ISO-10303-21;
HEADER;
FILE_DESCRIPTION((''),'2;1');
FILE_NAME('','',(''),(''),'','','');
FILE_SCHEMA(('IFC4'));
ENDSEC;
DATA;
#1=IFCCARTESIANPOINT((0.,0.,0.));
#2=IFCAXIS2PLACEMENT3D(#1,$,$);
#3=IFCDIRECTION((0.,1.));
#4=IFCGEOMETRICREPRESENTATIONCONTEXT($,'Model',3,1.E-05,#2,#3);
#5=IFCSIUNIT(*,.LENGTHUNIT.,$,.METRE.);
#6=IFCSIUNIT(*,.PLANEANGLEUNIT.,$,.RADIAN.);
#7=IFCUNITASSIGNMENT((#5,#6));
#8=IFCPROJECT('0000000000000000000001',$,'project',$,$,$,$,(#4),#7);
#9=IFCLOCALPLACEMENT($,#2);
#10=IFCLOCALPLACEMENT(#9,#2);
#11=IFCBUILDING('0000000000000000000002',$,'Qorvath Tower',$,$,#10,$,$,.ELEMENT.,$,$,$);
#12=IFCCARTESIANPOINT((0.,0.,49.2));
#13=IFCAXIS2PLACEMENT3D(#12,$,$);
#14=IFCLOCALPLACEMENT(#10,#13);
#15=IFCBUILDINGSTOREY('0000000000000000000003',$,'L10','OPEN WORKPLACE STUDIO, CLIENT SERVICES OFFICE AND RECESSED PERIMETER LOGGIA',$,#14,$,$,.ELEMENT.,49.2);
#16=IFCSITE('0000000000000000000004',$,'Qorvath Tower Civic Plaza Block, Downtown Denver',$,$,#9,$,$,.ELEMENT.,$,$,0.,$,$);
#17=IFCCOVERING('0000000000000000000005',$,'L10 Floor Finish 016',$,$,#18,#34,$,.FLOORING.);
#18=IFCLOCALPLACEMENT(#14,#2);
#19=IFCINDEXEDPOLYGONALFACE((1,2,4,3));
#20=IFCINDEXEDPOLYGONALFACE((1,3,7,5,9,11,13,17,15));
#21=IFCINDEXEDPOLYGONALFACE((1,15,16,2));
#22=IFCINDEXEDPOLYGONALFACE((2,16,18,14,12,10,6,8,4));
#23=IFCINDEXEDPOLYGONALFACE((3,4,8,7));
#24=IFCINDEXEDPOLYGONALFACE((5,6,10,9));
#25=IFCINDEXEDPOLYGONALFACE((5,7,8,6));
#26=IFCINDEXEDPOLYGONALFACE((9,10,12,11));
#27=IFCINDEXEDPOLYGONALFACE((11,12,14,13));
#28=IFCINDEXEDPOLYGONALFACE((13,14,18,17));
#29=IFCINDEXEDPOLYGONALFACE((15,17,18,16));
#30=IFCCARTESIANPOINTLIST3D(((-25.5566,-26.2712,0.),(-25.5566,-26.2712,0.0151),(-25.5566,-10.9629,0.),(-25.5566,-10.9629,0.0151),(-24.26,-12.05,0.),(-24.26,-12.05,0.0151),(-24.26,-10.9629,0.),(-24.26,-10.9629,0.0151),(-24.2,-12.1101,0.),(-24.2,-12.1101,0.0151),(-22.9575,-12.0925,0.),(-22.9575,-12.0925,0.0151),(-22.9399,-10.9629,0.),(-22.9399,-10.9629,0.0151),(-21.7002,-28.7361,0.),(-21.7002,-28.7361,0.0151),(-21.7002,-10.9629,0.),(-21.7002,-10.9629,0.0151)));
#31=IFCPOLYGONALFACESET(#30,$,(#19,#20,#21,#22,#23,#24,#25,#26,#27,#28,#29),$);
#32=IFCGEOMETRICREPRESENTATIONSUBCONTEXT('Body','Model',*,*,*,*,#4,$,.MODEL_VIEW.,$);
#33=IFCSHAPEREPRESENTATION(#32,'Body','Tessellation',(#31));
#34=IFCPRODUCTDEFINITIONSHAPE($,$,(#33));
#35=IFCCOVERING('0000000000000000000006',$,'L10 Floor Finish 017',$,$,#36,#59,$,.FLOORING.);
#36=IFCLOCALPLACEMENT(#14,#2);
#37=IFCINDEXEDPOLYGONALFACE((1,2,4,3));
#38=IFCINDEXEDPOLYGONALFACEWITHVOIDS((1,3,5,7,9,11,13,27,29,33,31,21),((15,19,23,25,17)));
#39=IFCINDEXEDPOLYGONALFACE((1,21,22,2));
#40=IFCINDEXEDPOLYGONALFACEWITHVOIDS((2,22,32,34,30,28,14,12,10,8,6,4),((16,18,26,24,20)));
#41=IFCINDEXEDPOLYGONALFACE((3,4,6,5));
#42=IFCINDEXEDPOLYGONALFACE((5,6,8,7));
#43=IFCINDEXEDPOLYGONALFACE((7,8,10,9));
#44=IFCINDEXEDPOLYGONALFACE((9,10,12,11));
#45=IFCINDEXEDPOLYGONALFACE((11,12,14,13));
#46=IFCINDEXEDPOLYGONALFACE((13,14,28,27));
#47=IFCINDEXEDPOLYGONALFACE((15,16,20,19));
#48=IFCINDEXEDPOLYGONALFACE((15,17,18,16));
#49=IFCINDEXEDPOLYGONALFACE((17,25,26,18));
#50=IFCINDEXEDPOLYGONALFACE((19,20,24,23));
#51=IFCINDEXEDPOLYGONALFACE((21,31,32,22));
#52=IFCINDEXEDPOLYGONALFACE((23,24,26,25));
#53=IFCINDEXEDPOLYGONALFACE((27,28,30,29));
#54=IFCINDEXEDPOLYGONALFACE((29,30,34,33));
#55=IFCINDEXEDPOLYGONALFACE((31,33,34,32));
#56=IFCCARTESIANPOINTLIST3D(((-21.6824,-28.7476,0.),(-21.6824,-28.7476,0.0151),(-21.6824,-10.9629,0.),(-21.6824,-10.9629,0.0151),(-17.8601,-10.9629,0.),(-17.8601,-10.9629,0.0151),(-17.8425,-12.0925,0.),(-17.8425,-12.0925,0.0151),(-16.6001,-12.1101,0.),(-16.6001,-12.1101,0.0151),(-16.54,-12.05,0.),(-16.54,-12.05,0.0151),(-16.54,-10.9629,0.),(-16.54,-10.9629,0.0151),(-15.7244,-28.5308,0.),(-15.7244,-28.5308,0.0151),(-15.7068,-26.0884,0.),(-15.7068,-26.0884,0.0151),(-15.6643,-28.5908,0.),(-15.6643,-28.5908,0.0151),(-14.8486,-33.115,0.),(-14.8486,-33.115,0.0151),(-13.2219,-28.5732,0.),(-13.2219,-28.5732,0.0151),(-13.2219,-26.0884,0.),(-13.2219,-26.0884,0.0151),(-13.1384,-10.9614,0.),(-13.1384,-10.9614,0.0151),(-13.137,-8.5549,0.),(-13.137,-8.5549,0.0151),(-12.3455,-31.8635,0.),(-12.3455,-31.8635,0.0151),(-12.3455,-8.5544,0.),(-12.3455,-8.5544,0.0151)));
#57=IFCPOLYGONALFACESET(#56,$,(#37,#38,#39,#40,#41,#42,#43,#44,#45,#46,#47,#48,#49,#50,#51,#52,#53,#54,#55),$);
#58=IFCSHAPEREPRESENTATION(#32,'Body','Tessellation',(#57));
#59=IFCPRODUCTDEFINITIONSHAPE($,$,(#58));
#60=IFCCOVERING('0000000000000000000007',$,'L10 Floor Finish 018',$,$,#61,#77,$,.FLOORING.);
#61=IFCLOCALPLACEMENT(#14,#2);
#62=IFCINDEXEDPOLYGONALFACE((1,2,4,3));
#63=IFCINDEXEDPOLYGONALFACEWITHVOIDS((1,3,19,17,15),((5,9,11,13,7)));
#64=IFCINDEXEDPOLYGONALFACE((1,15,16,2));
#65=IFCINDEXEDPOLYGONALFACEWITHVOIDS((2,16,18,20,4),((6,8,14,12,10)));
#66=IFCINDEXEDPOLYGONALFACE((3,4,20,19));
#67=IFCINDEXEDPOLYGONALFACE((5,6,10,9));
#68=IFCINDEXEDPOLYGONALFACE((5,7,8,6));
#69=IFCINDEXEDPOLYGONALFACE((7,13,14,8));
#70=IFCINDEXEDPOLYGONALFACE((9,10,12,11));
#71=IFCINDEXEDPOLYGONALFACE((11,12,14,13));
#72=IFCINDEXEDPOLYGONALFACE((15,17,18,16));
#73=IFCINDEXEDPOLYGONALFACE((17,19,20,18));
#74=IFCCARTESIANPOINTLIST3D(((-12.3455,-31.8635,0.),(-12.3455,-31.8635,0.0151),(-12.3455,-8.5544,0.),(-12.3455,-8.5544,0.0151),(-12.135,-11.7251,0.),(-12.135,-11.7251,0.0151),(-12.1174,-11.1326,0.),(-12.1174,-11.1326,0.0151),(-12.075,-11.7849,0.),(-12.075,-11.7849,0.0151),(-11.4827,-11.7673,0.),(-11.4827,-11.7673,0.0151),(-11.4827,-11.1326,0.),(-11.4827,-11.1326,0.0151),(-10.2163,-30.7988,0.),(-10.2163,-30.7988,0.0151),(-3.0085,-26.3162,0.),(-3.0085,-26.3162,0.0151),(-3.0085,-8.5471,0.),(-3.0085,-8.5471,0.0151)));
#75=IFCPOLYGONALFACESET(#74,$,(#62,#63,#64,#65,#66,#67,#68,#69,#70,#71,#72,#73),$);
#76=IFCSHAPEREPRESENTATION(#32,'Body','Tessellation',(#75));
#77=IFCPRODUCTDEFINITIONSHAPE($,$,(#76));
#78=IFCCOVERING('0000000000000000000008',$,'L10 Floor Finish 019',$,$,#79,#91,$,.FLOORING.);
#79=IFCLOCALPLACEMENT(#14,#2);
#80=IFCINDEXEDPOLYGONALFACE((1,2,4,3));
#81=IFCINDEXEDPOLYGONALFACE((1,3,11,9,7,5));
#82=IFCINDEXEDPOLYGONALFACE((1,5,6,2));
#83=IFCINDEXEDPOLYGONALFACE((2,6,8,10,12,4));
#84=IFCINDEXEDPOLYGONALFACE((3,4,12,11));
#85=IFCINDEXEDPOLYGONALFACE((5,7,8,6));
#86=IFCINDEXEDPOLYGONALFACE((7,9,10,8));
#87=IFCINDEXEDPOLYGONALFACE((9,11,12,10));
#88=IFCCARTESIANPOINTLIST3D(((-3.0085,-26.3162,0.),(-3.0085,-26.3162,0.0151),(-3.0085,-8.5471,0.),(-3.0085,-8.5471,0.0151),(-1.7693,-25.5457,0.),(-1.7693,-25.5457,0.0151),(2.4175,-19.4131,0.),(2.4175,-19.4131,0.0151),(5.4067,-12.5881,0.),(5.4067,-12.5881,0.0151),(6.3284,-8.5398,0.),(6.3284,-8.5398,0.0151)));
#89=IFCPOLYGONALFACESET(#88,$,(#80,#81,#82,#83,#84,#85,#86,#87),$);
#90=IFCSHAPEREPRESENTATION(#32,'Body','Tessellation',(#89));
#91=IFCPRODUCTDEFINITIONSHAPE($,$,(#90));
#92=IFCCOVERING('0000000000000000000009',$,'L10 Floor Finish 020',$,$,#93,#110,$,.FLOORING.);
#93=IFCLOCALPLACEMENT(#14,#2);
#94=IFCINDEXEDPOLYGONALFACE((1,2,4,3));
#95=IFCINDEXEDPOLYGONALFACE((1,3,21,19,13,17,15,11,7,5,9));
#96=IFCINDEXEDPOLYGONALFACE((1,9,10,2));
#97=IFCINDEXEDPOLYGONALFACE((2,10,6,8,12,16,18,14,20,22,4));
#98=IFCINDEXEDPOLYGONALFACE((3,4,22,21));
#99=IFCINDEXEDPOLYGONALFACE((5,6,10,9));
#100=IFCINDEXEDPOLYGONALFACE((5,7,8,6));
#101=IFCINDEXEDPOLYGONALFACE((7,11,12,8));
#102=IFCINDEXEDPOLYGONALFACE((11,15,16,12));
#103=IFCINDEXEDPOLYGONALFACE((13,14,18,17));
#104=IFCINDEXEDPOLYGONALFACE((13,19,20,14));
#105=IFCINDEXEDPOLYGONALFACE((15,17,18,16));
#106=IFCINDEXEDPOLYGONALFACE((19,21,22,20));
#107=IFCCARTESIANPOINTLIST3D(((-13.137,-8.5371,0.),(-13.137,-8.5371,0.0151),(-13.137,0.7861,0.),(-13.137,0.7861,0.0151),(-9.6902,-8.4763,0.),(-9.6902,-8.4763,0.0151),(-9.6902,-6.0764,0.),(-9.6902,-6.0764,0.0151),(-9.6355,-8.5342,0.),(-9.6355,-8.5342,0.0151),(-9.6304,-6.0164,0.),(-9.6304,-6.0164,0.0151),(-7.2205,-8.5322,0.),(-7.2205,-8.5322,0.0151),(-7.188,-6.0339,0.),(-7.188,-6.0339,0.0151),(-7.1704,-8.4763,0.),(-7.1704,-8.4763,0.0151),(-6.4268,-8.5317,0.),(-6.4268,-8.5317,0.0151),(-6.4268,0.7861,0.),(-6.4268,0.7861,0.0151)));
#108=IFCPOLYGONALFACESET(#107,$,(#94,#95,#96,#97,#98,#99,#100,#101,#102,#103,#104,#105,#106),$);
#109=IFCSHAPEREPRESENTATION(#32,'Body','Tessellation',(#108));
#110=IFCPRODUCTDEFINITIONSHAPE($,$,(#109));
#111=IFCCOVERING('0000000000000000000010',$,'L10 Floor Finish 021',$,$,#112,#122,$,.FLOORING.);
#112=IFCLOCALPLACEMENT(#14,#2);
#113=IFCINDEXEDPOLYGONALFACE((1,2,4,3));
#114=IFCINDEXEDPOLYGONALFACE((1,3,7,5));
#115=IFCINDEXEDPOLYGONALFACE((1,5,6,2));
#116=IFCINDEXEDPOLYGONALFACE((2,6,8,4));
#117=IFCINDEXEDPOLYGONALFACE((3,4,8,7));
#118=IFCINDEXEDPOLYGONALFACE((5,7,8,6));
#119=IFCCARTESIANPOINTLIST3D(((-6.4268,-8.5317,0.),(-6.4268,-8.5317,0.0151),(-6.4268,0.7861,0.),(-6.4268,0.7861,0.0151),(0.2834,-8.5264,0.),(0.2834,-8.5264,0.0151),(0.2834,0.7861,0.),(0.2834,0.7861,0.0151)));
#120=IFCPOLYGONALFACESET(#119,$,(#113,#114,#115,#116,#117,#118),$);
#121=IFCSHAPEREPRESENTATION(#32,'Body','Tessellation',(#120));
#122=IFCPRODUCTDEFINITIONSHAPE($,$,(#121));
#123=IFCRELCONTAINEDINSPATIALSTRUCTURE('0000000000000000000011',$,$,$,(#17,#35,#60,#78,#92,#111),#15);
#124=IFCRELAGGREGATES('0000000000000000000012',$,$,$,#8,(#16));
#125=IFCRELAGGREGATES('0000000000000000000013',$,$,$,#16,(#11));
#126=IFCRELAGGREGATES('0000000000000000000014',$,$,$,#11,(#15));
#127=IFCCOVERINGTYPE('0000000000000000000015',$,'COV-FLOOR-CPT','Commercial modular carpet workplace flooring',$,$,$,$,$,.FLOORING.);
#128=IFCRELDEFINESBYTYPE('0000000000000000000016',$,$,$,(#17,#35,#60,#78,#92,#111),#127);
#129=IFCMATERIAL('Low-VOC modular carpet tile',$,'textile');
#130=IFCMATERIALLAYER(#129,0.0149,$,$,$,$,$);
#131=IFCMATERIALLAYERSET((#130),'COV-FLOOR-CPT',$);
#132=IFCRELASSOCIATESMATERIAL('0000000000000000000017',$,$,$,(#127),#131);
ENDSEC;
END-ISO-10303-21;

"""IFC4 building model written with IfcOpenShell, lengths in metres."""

from ifc_helpers import new_model, si_unit, direction, frame, origin, place, context, subcontext, project, spatial, polyline, outline, extrude, material, layer, layer_set, type_object, element, save


model = new_model("IFC4")

# Units and contexts
model_context = context("Model", 3, precision=1e-05, world=origin(), true_north=direction((0.0, 1.0)))
body_context = subcontext(model_context, "Body", "Model", "MODEL_VIEW")
ifc_project = project(units=[si_unit("LENGTHUNIT", "METRE"), si_unit("PLANEANGLEUNIT", "RADIAN")], contexts=[model_context])

# Site, building, storey
site_placement = place(None, origin())
site = spatial("IfcSite", under=ifc_project, at=site_placement, Name="Qorvath Tower Civic Plaza Block, Downtown Denver", CompositionType="ELEMENT", RefElevation=0.0)
building_placement = place(site_placement, origin())
building = spatial("IfcBuilding", under=site, at=building_placement, Name="Qorvath Tower", CompositionType="ELEMENT")
storey_placement = place(building_placement, frame((0.0, 0.0, 49.2)))
storey = spatial("IfcBuildingStorey", under=building, at=storey_placement, Name="L10", Description="OPEN WORKPLACE STUDIO, CLIENT SERVICES OFFICE AND RECESSED PERIMETER LOGGIA", CompositionType="ELEMENT", Elevation=49.2)

# Coverings
ifc_material_1 = material(Name="Low-VOC modular carpet tile", Category="textile")
ifc_layer_1 = layer(ifc_material_1, 0.0149)
ifc_layer_set_1 = layer_set([ifc_layer_1], Name="COV-FLOOR-CPT")
covering_type_1 = type_object("IfcCoveringType", Name="COV-FLOOR-CPT", Description="Commercial modular carpet workplace flooring", PredefinedType="FLOORING", material=ifc_layer_set_1)
covering_1_placement = place(storey_placement, origin())
element("IfcCovering", 1, at=covering_1_placement, inside=storey, type_object=covering_type_1, Name="L10 Floor Finish 016", PredefinedType="FLOORING", context=body_context, shape_type="SweptSolid", body=[
    extrude(outline(polyline([(-21.7002, -28.7361), (-21.7002, -10.9629), (-22.9399, -10.9629), (-22.9575, -12.0925), (-24.2, -12.1101), (-24.26, -12.05), (-24.26, -10.9629), (-25.5566, -10.9629), (-25.5566, -26.2712), (-21.7002, -28.7361)])), origin(), (0.0, 0.0, 1.0), 0.0151),
])
covering_2_placement = place(storey_placement, origin())
element("IfcCovering", 2, at=covering_2_placement, inside=storey, type_object=covering_type_1, Name="L10 Floor Finish 017", PredefinedType="FLOORING", context=body_context, shape_type="SweptSolid", body=[
    extrude(outline(polyline([(-17.8601, -10.9629), (-21.6824, -10.9629), (-21.6824, -28.7476), (-14.8486, -33.115), (-12.3455, -31.8635), (-12.3455, -8.5544), (-13.137, -8.5549), (-13.1384, -10.9614), (-16.54, -10.9629), (-16.54, -12.05), (-16.6001, -12.1101), (-17.8425, -12.0925), (-17.8601, -10.9629)]), holes=[polyline([(-15.7244, -28.5308), (-15.7068, -26.0884), (-13.2219, -26.0884), (-13.2219, -28.5732), (-15.6643, -28.5908), (-15.7244, -28.5308)])]), origin(), (0.0, 0.0, 1.0), 0.0151),
])
covering_3_placement = place(storey_placement, origin())
element("IfcCovering", 3, at=covering_3_placement, inside=storey, type_object=covering_type_1, Name="L10 Floor Finish 018", PredefinedType="FLOORING", context=body_context, shape_type="SweptSolid", body=[
    extrude(outline(polyline([(-12.3455, -8.5544), (-12.3455, -31.8635), (-10.2163, -30.7988), (-3.0085, -26.3162), (-3.0085, -8.5471), (-12.3455, -8.5544)]), holes=[polyline([(-12.135, -11.7251), (-12.1174, -11.1326), (-11.4827, -11.1326), (-11.4827, -11.7673), (-12.075, -11.7849), (-12.135, -11.7251)])]), origin(), (0.0, 0.0, 1.0), 0.0151),
])
covering_4_placement = place(storey_placement, origin())
element("IfcCovering", 4, at=covering_4_placement, inside=storey, type_object=covering_type_1, Name="L10 Floor Finish 019", PredefinedType="FLOORING", context=body_context, shape_type="SweptSolid", body=[
    extrude(outline(polyline([(-3.0085, -8.5471), (-3.0085, -26.3162), (-1.7693, -25.5457), (2.4175, -19.4131), (5.4067, -12.5881), (6.3284, -8.5398), (-3.0085, -8.5471)])), origin(), (0.0, 0.0, 1.0), 0.0151),
])
covering_5_placement = place(storey_placement, origin())
element("IfcCovering", 5, at=covering_5_placement, inside=storey, type_object=covering_type_1, Name="L10 Floor Finish 020", PredefinedType="FLOORING", context=body_context, shape_type="SweptSolid", body=[
    extrude(outline(polyline([(-6.4268, -8.5317), (-6.4268, 0.7861), (-13.137, 0.7861), (-13.137, -8.5371), (-9.6355, -8.5342), (-9.6902, -8.4763), (-9.6902, -6.0764), (-9.6304, -6.0164), (-7.188, -6.0339), (-7.1704, -8.4763), (-7.2205, -8.5322), (-6.4268, -8.5317)])), origin(), (0.0, 0.0, 1.0), 0.0151),
])
covering_6_placement = place(storey_placement, origin())
element("IfcCovering", 6, at=covering_6_placement, inside=storey, type_object=covering_type_1, Name="L10 Floor Finish 021", PredefinedType="FLOORING", context=body_context, shape_type="SweptSolid", body=[
    extrude(outline(polyline([(0.2834, -8.5264), (0.2834, 0.7861), (-6.4268, 0.7861), (-6.4268, -8.5317), (0.2834, -8.5264)])), origin(), (0.0, 0.0, 1.0), 0.0151),
])

save(model, "model.ifc")
